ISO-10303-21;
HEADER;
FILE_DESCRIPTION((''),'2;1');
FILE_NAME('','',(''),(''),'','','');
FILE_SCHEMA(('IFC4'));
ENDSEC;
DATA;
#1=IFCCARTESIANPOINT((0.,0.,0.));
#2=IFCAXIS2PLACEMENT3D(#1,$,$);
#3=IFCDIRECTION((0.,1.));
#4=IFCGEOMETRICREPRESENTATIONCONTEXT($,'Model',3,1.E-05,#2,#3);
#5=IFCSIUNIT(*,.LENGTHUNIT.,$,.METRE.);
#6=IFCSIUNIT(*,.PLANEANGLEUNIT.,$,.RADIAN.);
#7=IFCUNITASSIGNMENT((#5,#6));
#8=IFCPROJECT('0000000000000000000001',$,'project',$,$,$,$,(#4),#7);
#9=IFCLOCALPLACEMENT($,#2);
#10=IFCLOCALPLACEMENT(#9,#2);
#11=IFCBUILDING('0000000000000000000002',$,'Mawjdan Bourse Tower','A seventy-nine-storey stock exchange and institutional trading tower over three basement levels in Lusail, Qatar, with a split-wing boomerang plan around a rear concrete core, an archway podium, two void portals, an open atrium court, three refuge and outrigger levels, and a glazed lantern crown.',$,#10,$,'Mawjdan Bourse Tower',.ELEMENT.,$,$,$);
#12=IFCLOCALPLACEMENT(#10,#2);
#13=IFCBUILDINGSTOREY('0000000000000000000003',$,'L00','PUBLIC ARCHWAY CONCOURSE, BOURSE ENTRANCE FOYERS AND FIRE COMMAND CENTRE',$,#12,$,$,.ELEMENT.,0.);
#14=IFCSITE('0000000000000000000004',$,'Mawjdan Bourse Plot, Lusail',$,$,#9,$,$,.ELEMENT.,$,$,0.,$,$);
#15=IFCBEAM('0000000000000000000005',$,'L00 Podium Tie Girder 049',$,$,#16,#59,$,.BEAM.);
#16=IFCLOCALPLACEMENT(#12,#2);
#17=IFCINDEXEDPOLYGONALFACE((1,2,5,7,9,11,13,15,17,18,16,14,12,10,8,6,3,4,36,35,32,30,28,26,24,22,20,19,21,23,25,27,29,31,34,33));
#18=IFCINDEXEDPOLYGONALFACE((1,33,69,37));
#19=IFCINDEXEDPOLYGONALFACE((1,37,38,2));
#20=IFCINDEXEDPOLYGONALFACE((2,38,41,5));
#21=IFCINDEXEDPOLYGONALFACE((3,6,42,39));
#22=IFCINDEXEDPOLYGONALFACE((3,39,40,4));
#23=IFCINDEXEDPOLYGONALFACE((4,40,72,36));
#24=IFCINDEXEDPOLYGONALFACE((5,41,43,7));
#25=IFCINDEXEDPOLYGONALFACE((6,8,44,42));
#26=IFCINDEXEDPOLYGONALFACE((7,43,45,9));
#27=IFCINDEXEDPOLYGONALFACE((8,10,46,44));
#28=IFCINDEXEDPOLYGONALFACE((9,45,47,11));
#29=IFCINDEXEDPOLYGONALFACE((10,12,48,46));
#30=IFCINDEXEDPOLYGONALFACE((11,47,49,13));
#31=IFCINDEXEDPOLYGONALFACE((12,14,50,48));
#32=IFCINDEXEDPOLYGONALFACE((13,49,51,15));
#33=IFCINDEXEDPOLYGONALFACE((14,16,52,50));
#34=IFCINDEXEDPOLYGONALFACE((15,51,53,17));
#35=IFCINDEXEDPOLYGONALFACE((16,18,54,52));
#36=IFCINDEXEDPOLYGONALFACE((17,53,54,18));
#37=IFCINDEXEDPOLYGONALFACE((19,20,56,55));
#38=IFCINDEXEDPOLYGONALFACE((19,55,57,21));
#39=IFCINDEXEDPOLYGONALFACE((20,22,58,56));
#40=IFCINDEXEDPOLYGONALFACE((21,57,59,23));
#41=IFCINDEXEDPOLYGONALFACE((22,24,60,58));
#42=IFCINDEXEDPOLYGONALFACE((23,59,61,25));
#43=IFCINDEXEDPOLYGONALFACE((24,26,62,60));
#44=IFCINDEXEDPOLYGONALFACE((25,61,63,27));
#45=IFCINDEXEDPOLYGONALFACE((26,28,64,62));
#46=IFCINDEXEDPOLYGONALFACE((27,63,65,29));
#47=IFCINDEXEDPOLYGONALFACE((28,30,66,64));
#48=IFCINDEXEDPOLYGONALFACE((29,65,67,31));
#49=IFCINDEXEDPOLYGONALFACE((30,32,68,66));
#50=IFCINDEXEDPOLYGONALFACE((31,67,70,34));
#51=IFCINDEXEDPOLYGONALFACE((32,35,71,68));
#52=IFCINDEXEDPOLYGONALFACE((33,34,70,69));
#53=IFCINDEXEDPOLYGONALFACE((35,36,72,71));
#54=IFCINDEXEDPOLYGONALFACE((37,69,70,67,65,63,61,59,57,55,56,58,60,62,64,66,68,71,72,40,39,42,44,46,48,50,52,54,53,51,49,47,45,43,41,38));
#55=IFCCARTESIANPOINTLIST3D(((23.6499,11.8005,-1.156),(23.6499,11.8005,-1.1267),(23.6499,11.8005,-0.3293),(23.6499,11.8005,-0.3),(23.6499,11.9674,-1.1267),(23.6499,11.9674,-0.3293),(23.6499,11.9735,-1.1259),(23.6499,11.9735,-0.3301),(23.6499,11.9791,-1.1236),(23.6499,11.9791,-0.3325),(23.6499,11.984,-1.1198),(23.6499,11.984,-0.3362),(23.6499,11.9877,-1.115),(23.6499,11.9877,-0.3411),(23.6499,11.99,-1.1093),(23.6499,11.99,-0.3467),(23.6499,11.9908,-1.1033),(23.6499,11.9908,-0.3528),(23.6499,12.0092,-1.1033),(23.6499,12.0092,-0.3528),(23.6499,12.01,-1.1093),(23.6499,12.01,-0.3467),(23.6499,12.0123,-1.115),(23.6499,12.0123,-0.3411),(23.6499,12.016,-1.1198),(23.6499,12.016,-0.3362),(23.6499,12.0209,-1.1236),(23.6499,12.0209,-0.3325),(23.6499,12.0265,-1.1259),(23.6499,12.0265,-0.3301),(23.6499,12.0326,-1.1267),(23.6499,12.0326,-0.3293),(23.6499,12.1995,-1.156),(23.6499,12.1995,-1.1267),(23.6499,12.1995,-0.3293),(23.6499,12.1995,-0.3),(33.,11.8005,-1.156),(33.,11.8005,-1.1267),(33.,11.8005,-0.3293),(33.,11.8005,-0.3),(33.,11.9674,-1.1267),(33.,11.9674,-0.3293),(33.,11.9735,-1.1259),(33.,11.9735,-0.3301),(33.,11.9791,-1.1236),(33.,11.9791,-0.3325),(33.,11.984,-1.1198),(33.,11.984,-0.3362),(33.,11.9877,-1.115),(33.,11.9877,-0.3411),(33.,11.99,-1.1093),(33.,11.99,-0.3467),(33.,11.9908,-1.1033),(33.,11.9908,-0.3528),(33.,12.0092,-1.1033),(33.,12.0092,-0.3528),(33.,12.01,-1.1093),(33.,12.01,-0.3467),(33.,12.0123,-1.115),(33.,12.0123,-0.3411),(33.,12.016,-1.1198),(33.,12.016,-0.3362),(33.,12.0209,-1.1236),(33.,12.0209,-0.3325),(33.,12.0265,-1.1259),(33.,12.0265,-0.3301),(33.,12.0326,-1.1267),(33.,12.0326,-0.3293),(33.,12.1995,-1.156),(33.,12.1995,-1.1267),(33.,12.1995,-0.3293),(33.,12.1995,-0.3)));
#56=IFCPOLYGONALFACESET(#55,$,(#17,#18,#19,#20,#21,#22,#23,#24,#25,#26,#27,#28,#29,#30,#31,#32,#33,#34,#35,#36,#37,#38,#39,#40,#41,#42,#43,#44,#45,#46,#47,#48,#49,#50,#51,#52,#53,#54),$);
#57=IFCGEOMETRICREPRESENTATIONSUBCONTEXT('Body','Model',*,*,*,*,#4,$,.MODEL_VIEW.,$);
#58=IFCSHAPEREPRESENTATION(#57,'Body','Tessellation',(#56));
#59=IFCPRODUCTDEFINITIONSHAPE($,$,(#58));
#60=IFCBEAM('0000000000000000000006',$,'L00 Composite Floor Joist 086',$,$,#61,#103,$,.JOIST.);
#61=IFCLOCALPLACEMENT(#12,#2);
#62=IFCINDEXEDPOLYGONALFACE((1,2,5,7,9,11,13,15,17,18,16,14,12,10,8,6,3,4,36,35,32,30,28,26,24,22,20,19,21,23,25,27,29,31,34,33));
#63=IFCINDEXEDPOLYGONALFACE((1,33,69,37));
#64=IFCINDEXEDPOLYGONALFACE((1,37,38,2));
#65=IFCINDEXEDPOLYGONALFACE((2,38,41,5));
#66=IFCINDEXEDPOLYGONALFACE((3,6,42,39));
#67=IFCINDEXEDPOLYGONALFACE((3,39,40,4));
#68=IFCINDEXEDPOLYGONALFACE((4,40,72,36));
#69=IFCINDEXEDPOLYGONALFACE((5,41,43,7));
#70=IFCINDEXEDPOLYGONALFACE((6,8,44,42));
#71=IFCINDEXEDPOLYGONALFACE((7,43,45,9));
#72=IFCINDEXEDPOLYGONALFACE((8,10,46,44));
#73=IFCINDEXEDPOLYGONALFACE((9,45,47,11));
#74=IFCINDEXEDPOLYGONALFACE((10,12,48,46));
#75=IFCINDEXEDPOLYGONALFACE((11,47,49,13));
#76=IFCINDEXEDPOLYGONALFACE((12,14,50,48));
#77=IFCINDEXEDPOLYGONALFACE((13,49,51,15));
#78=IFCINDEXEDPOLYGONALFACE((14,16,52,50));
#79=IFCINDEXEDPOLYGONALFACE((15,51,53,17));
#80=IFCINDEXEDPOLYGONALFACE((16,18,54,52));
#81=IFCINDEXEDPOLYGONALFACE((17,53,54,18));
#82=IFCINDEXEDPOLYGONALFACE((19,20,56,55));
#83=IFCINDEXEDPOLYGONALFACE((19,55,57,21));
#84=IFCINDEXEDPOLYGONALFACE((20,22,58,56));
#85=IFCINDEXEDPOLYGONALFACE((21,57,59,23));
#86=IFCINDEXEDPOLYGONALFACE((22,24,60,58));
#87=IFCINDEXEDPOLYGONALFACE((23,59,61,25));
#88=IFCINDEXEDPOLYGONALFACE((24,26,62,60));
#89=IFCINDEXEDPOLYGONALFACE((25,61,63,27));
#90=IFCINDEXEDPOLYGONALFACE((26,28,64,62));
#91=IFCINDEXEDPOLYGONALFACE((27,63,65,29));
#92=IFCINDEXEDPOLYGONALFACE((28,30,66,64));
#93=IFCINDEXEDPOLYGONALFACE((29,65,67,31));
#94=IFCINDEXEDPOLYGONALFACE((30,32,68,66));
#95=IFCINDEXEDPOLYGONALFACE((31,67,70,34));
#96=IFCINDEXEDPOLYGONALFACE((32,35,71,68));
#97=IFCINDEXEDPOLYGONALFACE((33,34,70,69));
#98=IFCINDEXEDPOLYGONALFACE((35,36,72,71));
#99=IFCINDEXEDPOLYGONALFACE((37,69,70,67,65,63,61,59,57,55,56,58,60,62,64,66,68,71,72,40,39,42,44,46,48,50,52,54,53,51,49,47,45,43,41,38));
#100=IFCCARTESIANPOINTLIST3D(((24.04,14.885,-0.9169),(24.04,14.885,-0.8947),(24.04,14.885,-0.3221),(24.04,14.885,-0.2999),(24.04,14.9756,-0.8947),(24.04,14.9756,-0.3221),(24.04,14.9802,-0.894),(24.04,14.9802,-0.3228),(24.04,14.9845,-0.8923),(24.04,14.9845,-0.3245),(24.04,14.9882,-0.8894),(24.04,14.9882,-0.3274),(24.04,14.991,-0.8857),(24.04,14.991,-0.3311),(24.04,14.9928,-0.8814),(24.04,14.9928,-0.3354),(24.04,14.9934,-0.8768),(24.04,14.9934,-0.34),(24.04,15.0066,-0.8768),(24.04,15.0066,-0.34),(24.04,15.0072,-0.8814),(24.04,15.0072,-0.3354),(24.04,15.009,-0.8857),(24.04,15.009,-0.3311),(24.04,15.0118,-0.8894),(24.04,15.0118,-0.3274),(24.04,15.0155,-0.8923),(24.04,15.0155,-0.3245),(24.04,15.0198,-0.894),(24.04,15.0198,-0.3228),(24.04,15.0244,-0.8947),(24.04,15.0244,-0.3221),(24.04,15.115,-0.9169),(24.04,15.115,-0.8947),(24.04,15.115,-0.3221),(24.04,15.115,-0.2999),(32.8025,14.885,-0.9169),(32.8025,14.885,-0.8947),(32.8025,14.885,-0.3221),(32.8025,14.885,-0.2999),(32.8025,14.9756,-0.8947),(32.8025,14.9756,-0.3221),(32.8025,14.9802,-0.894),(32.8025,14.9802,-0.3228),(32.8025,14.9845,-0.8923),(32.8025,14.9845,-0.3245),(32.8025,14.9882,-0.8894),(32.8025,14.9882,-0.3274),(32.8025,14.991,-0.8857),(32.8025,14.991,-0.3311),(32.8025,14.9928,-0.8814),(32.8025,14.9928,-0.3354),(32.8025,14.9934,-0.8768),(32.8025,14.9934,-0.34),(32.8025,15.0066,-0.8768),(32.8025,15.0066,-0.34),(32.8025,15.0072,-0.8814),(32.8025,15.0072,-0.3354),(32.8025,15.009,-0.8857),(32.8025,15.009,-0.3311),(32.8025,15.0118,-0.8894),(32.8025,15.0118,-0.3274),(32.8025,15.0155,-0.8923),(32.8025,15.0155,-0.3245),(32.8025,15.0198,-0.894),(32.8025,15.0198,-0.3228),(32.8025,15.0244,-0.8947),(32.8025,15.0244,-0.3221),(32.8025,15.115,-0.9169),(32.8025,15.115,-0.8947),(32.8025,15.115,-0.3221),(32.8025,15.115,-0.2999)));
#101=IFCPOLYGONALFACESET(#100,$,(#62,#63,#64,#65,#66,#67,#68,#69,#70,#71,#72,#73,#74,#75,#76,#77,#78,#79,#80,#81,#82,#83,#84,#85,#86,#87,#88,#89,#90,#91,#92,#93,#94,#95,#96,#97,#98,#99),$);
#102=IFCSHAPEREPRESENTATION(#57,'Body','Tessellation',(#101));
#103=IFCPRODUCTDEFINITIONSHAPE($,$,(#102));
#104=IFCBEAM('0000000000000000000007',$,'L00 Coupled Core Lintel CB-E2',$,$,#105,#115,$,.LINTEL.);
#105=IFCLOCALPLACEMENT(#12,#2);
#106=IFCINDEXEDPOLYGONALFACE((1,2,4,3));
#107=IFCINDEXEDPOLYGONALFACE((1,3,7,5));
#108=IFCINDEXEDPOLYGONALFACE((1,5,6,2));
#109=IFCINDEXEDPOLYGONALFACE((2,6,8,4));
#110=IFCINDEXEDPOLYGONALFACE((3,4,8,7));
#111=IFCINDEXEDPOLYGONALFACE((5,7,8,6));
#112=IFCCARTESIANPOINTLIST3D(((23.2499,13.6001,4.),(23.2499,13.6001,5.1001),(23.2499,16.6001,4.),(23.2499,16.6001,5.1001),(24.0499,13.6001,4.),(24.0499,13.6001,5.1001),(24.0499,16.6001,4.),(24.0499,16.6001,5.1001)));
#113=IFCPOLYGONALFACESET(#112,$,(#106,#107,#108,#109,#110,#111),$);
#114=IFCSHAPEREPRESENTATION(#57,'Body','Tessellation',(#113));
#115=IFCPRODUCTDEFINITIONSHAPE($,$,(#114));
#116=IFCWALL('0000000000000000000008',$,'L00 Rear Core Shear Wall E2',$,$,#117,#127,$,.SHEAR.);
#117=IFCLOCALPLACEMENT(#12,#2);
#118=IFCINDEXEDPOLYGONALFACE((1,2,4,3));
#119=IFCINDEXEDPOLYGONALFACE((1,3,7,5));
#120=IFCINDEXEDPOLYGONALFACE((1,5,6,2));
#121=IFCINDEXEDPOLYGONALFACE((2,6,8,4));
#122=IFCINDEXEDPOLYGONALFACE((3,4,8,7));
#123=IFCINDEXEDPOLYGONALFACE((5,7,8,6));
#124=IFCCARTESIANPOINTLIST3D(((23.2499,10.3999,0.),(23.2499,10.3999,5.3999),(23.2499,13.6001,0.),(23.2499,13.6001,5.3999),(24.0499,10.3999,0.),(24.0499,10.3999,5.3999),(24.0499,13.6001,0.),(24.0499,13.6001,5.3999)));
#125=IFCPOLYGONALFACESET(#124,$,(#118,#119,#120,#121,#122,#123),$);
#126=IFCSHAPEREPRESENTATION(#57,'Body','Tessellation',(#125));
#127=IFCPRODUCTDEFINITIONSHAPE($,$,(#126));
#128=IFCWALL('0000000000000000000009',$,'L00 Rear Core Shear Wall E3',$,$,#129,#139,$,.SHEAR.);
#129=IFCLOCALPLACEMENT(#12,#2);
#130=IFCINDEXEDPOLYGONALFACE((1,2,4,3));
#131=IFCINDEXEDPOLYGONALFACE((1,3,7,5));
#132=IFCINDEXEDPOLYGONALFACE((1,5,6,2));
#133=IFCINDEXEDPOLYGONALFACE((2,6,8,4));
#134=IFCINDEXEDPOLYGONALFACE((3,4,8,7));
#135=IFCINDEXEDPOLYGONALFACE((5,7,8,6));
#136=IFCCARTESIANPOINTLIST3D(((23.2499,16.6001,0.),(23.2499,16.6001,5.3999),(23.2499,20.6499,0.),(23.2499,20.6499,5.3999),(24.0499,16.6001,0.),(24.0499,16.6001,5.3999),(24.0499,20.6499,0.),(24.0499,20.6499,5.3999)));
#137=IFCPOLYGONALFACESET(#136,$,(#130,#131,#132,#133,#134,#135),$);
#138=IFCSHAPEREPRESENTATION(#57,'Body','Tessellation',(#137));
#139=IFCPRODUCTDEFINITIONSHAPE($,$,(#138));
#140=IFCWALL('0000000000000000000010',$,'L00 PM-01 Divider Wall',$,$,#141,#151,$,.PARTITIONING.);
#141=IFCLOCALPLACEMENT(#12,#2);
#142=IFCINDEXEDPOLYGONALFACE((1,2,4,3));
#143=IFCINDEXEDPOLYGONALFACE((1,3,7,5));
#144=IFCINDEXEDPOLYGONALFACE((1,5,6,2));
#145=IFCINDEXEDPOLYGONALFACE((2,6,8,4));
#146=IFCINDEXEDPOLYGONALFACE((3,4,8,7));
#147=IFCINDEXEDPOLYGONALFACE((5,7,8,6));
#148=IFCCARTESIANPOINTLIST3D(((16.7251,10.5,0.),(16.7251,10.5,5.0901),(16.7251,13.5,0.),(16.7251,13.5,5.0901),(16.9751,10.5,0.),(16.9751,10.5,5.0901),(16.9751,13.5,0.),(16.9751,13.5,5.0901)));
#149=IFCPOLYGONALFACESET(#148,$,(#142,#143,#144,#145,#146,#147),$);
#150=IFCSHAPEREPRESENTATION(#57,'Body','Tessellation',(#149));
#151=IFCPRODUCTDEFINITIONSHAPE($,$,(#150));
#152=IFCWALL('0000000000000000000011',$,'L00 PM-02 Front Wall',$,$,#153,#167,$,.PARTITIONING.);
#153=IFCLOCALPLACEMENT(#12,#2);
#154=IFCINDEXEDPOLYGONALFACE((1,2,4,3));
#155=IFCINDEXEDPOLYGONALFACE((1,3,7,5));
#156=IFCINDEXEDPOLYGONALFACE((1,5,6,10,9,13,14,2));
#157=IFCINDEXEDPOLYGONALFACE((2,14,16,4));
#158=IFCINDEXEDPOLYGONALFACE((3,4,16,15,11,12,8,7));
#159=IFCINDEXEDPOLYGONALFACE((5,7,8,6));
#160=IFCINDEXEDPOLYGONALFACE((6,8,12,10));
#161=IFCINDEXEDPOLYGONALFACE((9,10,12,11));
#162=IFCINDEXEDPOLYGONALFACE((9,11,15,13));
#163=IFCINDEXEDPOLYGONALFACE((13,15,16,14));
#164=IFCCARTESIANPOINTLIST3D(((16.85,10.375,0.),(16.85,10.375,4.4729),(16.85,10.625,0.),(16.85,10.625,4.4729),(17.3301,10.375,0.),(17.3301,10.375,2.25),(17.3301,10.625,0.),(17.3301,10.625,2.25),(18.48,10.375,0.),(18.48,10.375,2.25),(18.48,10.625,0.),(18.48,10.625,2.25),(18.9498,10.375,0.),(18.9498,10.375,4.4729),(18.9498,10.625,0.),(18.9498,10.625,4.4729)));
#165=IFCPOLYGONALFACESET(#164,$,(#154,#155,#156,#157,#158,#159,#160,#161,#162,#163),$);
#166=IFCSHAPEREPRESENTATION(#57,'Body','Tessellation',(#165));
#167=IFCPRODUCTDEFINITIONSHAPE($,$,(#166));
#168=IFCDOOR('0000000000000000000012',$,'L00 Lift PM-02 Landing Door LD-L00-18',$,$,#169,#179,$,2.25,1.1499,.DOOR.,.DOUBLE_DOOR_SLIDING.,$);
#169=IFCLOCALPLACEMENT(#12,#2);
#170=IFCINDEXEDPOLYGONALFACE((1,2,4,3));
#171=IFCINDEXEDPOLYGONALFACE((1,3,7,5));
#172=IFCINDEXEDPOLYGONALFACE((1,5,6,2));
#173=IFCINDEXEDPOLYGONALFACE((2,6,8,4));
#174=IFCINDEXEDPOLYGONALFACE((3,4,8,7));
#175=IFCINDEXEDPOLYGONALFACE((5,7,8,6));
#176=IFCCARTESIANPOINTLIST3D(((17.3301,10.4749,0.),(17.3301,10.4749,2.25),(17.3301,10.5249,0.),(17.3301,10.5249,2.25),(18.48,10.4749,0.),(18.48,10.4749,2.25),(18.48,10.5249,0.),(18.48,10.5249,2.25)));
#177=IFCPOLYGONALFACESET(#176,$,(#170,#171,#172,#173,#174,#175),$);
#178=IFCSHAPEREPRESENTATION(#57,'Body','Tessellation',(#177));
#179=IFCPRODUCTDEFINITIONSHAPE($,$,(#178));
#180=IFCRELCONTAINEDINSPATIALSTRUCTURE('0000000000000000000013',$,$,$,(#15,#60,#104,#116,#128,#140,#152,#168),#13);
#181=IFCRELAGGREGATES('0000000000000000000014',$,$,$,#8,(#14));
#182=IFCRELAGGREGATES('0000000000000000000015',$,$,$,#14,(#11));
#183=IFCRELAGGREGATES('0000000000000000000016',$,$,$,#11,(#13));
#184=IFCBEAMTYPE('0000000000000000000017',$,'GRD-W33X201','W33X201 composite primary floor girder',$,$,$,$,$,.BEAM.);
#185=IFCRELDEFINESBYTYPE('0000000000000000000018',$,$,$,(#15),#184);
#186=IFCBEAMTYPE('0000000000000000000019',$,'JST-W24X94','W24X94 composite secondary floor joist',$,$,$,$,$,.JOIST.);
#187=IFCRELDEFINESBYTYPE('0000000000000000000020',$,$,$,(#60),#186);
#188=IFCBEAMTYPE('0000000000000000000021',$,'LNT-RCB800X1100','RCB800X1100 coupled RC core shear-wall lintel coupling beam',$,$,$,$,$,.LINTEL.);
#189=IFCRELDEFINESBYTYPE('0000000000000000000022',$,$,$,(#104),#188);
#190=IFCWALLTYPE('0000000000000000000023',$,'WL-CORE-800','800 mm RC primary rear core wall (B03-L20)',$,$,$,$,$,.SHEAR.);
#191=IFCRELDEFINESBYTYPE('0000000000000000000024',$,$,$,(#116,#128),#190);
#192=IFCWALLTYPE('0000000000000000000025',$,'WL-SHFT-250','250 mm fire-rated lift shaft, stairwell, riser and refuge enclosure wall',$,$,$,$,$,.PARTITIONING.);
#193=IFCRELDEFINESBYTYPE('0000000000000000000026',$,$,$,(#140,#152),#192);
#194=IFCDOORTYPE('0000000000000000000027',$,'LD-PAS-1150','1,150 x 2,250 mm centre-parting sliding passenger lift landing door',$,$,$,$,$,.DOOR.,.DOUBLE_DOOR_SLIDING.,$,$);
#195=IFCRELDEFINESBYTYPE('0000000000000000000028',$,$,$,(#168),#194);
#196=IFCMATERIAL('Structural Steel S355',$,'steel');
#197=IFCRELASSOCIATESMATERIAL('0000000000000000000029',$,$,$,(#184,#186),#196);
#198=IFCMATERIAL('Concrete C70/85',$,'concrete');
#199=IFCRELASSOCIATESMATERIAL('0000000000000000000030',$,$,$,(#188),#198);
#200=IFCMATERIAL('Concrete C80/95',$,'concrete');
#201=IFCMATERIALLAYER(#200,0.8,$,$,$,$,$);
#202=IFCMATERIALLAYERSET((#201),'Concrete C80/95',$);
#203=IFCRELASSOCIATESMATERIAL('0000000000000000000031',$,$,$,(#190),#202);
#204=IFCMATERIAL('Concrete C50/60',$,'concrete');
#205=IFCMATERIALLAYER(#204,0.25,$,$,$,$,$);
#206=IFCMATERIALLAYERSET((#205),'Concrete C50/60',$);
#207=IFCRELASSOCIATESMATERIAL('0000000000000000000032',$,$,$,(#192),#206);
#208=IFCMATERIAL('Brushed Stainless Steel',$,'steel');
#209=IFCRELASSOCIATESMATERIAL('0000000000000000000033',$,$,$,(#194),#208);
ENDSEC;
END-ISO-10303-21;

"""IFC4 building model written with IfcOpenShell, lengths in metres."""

from ifc_helpers import new_model, si_unit, direction, frame, frame_2d, origin, origin_2d, place, context, subcontext, project, spatial, rectangle, i_section, extrude, material, layer, layer_set, material_profile, profile_set, type_object, element, fill, save


model = new_model("IFC4")

# Units and contexts
model_context = context("Model", 3, precision=1e-05, world=origin(), true_north=direction((0.0, 1.0)))
body_context = subcontext(model_context, "Body", "Model", "MODEL_VIEW")
ifc_project = project(units=[si_unit("LENGTHUNIT", "METRE"), si_unit("PLANEANGLEUNIT", "RADIAN")], contexts=[model_context])

# Site, building, storey
site_placement = place(None, origin())
site = spatial("IfcSite", under=ifc_project, at=site_placement, Name="Mawjdan Bourse Plot, Lusail", CompositionType="ELEMENT", RefElevation=0.0)
building_placement = place(site_placement, origin())
building = spatial("IfcBuilding", under=site, at=building_placement, Name="Mawjdan Bourse Tower", Description="A seventy-nine-storey stock exchange and institutional trading tower over three basement levels in Lusail, Qatar, with a split-wing boomerang plan around a rear concrete core, an archway podium, two void portals, an open atrium court, three refuge and outrigger levels, and a glazed lantern crown.", LongName="Mawjdan Bourse Tower", CompositionType="ELEMENT")
storey_placement = place(building_placement, origin())
storey = spatial("IfcBuildingStorey", under=building, at=storey_placement, Name="L00", Description="PUBLIC ARCHWAY CONCOURSE, BOURSE ENTRANCE FOYERS AND FIRE COMMAND CENTRE", CompositionType="ELEMENT", Elevation=0.0)

# Beams
ifc_material_1 = material(Name="Structural Steel S355", Category="steel")
ifc_material_profile_1 = material_profile(ifc_material_1, i_section(OverallWidth=0.3989, OverallDepth=0.856, WebThickness=0.0183, FlangeThickness=0.0293, FilletRadius=0.0234, at=origin_2d()), Name="W33X201")
ifc_profile_set_1 = profile_set([ifc_material_profile_1], Name="Structural Steel S355")
beam_type_1 = type_object("IfcBeamType", Name="GRD-W33X201", Description="W33X201 composite primary floor girder", PredefinedType="BEAM", material=ifc_profile_set_1)
beam_1_placement = place(storey_placement, frame((23.6499, 12.0, -0.728), z_axis=(1.0, 0.0, 0.0), x_axis=(0.0, 1.0, 0.0)))
element("IfcBeam", 1, at=beam_1_placement, inside=storey, type_object=beam_type_1, Name="L00 Podium Tie Girder 049", PredefinedType="BEAM", context=body_context, shape_type="SweptSolid", body=[
    extrude(i_section(OverallWidth=0.3989, OverallDepth=0.856, WebThickness=0.0183, FlangeThickness=0.0293, FilletRadius=0.0234, at=origin_2d()), origin(), (0.0, 0.0, 1.0), 9.3501),
])
ifc_material_profile_2 = material_profile(ifc_material_1, i_section(OverallWidth=0.23, OverallDepth=0.6169, WebThickness=0.0132, FlangeThickness=0.0222, FilletRadius=0.0178, at=origin_2d()), Name="W24X94")
ifc_profile_set_2 = profile_set([ifc_material_profile_2], Name="Structural Steel S355")
beam_type_2 = type_object("IfcBeamType", Name="JST-W24X94", Description="W24X94 composite secondary floor joist", PredefinedType="JOIST", material=ifc_profile_set_2)
beam_2_placement = place(storey_placement, frame((24.04, 15.0, -0.6084), z_axis=(1.0, 0.0, 0.0), x_axis=(0.0, 1.0, 0.0)))
element("IfcBeam", 2, at=beam_2_placement, inside=storey, type_object=beam_type_2, Name="L00 Composite Floor Joist 086", PredefinedType="JOIST", context=body_context, shape_type="SweptSolid", body=[
    extrude(i_section(OverallWidth=0.23, OverallDepth=0.6169, WebThickness=0.0132, FlangeThickness=0.0222, FilletRadius=0.0178, at=origin_2d()), origin(), (0.0, 0.0, 1.0), 8.7625),
])
ifc_material_2 = material(Name="Concrete C70/85", Category="concrete")
ifc_material_profile_3 = material_profile(ifc_material_2, rectangle(XDim=0.8, YDim=1.1001, at=origin_2d()), Name="RCB800X1100")
ifc_profile_set_3 = profile_set([ifc_material_profile_3], Name="Concrete C70/85")
beam_type_3 = type_object("IfcBeamType", Name="LNT-RCB800X1100", Description="RCB800X1100 coupled RC core shear-wall lintel coupling beam", PredefinedType="LINTEL", material=ifc_profile_set_3)
beam_3_placement = place(storey_placement, frame((23.6499, 13.6001, 4.55), z_axis=(0.0, 1.0, 0.0), x_axis=(-1.0, 0.0, 0.0)))
element("IfcBeam", 3, at=beam_3_placement, inside=storey, type_object=beam_type_3, Name="L00 Coupled Core Lintel CB-E2", PredefinedType="LINTEL", context=body_context, shape_type="SweptSolid", body=[
    extrude(rectangle(XDim=0.8, YDim=1.1001, at=origin_2d()), origin(), (0.0, 0.0, 1.0), 3.0),
])

# Walls
ifc_material_3 = material(Name="Concrete C80/95", Category="concrete")
ifc_layer_1 = layer(ifc_material_3, 0.8)
ifc_layer_set_1 = layer_set([ifc_layer_1], Name="Concrete C80/95")
wall_type_1 = type_object("IfcWallType", Name="WL-CORE-800", Description="800 mm RC primary rear core wall (B03-L20)", PredefinedType="SHEAR", material=ifc_layer_set_1)
wall_1_placement = place(storey_placement, frame((23.6499, 10.3999, 0.0), z_axis=(0.0, 0.0, 1.0), x_axis=(0.0, 1.0, 0.0)))
element("IfcWall", 4, at=wall_1_placement, inside=storey, type_object=wall_type_1, Name="L00 Rear Core Shear Wall E2", PredefinedType="SHEAR", context=body_context, shape_type="SweptSolid", body=[
    extrude(rectangle(XDim=3.2002, YDim=0.8, at=frame_2d((1.6001, 0.0))), origin(), (0.0, 0.0, 1.0), 5.3999),
])
wall_2_placement = place(storey_placement, frame((23.6499, 16.6001, 0.0), z_axis=(0.0, 0.0, 1.0), x_axis=(0.0, 1.0, 0.0)))
element("IfcWall", 5, at=wall_2_placement, inside=storey, type_object=wall_type_1, Name="L00 Rear Core Shear Wall E3", PredefinedType="SHEAR", context=body_context, shape_type="SweptSolid", body=[
    extrude(rectangle(XDim=4.0498, YDim=0.8, at=frame_2d((2.0249, 0.0))), origin(), (0.0, 0.0, 1.0), 5.3999),
])
ifc_material_4 = material(Name="Concrete C50/60", Category="concrete")
ifc_layer_2 = layer(ifc_material_4, 0.25)
ifc_layer_set_2 = layer_set([ifc_layer_2], Name="Concrete C50/60")
wall_type_2 = type_object("IfcWallType", Name="WL-SHFT-250", Description="250 mm fire-rated lift shaft, stairwell, riser and refuge enclosure wall", PredefinedType="PARTITIONING", material=ifc_layer_set_2)
wall_3_placement = place(storey_placement, frame((16.8501, 10.5, 0.0), z_axis=(0.0, 0.0, 1.0), x_axis=(0.0, 1.0, 0.0)))
element("IfcWall", 6, at=wall_3_placement, inside=storey, type_object=wall_type_2, Name="L00 PM-01 Divider Wall", PredefinedType="PARTITIONING", context=body_context, shape_type="SweptSolid", body=[
    extrude(rectangle(XDim=3.0, YDim=0.25, at=frame_2d((1.5, 0.0))), origin(), (0.0, 0.0, 1.0), 5.0901),
])

# Wall, opening, door
wall_4_placement = place(storey_placement, frame((16.8501, 10.5, 0.0), z_axis=(0.0, 0.0, 1.0), x_axis=(1.0, 0.0, 0.0)))
wall_4 = element("IfcWall", 7, at=wall_4_placement, inside=storey, type_object=wall_type_2, Name="L00 PM-02 Front Wall", PredefinedType="PARTITIONING", context=body_context, shape_type="SweptSolid", body=[
    extrude(rectangle(XDim=2.0999, YDim=0.25, at=frame_2d((1.0498, 0.0))), origin(), (0.0, 0.0, 1.0), 4.4729),
])
opening_1_placement = place(wall_4_placement, frame((0.48, 0.0, 0.0)))
opening_1 = element("IfcOpeningElement", 8, at=opening_1_placement, cuts=wall_4, PredefinedType="OPENING", context=body_context, shape_type="SweptSolid", body=[
    extrude(rectangle(XDim=1.1499, YDim=2.25, at=frame_2d((0.575, 1.125))), frame((0.0, 0.135, 0.0), z_axis=(0.0, -1.0, 0.0), x_axis=(1.0, 0.0, 0.0)), (0.0, 0.0, 1.0), 0.27),
])
ifc_material_5 = material(Name="Brushed Stainless Steel", Category="steel")
door_type = type_object("IfcDoorType", Name="LD-PAS-1150", Description="1,150 x 2,250 mm centre-parting sliding passenger lift landing door", OperationType="DOUBLE_DOOR_SLIDING", PredefinedType="DOOR", material=ifc_material_5)
door_1_placement = place(opening_1_placement, origin())
door_1 = element("IfcDoor", 9, at=door_1_placement, inside=storey, type_object=door_type, Name="L00 Lift PM-02 Landing Door LD-L00-18", OperationType="DOUBLE_DOOR_SLIDING", OverallHeight=2.25, OverallWidth=1.1499, PredefinedType="DOOR", context=body_context, shape_type="SweptSolid", body=[
    extrude(rectangle(XDim=1.1499, YDim=2.25, at=frame_2d((0.575, 1.125))), frame((0.0, 0.0249, 0.0), z_axis=(0.0, -1.0, 0.0), x_axis=(1.0, 0.0, 0.0)), (0.0, 0.0, 1.0), 0.05),
])
fill(opening_1, door_1)

save(model, "model.ifc")
